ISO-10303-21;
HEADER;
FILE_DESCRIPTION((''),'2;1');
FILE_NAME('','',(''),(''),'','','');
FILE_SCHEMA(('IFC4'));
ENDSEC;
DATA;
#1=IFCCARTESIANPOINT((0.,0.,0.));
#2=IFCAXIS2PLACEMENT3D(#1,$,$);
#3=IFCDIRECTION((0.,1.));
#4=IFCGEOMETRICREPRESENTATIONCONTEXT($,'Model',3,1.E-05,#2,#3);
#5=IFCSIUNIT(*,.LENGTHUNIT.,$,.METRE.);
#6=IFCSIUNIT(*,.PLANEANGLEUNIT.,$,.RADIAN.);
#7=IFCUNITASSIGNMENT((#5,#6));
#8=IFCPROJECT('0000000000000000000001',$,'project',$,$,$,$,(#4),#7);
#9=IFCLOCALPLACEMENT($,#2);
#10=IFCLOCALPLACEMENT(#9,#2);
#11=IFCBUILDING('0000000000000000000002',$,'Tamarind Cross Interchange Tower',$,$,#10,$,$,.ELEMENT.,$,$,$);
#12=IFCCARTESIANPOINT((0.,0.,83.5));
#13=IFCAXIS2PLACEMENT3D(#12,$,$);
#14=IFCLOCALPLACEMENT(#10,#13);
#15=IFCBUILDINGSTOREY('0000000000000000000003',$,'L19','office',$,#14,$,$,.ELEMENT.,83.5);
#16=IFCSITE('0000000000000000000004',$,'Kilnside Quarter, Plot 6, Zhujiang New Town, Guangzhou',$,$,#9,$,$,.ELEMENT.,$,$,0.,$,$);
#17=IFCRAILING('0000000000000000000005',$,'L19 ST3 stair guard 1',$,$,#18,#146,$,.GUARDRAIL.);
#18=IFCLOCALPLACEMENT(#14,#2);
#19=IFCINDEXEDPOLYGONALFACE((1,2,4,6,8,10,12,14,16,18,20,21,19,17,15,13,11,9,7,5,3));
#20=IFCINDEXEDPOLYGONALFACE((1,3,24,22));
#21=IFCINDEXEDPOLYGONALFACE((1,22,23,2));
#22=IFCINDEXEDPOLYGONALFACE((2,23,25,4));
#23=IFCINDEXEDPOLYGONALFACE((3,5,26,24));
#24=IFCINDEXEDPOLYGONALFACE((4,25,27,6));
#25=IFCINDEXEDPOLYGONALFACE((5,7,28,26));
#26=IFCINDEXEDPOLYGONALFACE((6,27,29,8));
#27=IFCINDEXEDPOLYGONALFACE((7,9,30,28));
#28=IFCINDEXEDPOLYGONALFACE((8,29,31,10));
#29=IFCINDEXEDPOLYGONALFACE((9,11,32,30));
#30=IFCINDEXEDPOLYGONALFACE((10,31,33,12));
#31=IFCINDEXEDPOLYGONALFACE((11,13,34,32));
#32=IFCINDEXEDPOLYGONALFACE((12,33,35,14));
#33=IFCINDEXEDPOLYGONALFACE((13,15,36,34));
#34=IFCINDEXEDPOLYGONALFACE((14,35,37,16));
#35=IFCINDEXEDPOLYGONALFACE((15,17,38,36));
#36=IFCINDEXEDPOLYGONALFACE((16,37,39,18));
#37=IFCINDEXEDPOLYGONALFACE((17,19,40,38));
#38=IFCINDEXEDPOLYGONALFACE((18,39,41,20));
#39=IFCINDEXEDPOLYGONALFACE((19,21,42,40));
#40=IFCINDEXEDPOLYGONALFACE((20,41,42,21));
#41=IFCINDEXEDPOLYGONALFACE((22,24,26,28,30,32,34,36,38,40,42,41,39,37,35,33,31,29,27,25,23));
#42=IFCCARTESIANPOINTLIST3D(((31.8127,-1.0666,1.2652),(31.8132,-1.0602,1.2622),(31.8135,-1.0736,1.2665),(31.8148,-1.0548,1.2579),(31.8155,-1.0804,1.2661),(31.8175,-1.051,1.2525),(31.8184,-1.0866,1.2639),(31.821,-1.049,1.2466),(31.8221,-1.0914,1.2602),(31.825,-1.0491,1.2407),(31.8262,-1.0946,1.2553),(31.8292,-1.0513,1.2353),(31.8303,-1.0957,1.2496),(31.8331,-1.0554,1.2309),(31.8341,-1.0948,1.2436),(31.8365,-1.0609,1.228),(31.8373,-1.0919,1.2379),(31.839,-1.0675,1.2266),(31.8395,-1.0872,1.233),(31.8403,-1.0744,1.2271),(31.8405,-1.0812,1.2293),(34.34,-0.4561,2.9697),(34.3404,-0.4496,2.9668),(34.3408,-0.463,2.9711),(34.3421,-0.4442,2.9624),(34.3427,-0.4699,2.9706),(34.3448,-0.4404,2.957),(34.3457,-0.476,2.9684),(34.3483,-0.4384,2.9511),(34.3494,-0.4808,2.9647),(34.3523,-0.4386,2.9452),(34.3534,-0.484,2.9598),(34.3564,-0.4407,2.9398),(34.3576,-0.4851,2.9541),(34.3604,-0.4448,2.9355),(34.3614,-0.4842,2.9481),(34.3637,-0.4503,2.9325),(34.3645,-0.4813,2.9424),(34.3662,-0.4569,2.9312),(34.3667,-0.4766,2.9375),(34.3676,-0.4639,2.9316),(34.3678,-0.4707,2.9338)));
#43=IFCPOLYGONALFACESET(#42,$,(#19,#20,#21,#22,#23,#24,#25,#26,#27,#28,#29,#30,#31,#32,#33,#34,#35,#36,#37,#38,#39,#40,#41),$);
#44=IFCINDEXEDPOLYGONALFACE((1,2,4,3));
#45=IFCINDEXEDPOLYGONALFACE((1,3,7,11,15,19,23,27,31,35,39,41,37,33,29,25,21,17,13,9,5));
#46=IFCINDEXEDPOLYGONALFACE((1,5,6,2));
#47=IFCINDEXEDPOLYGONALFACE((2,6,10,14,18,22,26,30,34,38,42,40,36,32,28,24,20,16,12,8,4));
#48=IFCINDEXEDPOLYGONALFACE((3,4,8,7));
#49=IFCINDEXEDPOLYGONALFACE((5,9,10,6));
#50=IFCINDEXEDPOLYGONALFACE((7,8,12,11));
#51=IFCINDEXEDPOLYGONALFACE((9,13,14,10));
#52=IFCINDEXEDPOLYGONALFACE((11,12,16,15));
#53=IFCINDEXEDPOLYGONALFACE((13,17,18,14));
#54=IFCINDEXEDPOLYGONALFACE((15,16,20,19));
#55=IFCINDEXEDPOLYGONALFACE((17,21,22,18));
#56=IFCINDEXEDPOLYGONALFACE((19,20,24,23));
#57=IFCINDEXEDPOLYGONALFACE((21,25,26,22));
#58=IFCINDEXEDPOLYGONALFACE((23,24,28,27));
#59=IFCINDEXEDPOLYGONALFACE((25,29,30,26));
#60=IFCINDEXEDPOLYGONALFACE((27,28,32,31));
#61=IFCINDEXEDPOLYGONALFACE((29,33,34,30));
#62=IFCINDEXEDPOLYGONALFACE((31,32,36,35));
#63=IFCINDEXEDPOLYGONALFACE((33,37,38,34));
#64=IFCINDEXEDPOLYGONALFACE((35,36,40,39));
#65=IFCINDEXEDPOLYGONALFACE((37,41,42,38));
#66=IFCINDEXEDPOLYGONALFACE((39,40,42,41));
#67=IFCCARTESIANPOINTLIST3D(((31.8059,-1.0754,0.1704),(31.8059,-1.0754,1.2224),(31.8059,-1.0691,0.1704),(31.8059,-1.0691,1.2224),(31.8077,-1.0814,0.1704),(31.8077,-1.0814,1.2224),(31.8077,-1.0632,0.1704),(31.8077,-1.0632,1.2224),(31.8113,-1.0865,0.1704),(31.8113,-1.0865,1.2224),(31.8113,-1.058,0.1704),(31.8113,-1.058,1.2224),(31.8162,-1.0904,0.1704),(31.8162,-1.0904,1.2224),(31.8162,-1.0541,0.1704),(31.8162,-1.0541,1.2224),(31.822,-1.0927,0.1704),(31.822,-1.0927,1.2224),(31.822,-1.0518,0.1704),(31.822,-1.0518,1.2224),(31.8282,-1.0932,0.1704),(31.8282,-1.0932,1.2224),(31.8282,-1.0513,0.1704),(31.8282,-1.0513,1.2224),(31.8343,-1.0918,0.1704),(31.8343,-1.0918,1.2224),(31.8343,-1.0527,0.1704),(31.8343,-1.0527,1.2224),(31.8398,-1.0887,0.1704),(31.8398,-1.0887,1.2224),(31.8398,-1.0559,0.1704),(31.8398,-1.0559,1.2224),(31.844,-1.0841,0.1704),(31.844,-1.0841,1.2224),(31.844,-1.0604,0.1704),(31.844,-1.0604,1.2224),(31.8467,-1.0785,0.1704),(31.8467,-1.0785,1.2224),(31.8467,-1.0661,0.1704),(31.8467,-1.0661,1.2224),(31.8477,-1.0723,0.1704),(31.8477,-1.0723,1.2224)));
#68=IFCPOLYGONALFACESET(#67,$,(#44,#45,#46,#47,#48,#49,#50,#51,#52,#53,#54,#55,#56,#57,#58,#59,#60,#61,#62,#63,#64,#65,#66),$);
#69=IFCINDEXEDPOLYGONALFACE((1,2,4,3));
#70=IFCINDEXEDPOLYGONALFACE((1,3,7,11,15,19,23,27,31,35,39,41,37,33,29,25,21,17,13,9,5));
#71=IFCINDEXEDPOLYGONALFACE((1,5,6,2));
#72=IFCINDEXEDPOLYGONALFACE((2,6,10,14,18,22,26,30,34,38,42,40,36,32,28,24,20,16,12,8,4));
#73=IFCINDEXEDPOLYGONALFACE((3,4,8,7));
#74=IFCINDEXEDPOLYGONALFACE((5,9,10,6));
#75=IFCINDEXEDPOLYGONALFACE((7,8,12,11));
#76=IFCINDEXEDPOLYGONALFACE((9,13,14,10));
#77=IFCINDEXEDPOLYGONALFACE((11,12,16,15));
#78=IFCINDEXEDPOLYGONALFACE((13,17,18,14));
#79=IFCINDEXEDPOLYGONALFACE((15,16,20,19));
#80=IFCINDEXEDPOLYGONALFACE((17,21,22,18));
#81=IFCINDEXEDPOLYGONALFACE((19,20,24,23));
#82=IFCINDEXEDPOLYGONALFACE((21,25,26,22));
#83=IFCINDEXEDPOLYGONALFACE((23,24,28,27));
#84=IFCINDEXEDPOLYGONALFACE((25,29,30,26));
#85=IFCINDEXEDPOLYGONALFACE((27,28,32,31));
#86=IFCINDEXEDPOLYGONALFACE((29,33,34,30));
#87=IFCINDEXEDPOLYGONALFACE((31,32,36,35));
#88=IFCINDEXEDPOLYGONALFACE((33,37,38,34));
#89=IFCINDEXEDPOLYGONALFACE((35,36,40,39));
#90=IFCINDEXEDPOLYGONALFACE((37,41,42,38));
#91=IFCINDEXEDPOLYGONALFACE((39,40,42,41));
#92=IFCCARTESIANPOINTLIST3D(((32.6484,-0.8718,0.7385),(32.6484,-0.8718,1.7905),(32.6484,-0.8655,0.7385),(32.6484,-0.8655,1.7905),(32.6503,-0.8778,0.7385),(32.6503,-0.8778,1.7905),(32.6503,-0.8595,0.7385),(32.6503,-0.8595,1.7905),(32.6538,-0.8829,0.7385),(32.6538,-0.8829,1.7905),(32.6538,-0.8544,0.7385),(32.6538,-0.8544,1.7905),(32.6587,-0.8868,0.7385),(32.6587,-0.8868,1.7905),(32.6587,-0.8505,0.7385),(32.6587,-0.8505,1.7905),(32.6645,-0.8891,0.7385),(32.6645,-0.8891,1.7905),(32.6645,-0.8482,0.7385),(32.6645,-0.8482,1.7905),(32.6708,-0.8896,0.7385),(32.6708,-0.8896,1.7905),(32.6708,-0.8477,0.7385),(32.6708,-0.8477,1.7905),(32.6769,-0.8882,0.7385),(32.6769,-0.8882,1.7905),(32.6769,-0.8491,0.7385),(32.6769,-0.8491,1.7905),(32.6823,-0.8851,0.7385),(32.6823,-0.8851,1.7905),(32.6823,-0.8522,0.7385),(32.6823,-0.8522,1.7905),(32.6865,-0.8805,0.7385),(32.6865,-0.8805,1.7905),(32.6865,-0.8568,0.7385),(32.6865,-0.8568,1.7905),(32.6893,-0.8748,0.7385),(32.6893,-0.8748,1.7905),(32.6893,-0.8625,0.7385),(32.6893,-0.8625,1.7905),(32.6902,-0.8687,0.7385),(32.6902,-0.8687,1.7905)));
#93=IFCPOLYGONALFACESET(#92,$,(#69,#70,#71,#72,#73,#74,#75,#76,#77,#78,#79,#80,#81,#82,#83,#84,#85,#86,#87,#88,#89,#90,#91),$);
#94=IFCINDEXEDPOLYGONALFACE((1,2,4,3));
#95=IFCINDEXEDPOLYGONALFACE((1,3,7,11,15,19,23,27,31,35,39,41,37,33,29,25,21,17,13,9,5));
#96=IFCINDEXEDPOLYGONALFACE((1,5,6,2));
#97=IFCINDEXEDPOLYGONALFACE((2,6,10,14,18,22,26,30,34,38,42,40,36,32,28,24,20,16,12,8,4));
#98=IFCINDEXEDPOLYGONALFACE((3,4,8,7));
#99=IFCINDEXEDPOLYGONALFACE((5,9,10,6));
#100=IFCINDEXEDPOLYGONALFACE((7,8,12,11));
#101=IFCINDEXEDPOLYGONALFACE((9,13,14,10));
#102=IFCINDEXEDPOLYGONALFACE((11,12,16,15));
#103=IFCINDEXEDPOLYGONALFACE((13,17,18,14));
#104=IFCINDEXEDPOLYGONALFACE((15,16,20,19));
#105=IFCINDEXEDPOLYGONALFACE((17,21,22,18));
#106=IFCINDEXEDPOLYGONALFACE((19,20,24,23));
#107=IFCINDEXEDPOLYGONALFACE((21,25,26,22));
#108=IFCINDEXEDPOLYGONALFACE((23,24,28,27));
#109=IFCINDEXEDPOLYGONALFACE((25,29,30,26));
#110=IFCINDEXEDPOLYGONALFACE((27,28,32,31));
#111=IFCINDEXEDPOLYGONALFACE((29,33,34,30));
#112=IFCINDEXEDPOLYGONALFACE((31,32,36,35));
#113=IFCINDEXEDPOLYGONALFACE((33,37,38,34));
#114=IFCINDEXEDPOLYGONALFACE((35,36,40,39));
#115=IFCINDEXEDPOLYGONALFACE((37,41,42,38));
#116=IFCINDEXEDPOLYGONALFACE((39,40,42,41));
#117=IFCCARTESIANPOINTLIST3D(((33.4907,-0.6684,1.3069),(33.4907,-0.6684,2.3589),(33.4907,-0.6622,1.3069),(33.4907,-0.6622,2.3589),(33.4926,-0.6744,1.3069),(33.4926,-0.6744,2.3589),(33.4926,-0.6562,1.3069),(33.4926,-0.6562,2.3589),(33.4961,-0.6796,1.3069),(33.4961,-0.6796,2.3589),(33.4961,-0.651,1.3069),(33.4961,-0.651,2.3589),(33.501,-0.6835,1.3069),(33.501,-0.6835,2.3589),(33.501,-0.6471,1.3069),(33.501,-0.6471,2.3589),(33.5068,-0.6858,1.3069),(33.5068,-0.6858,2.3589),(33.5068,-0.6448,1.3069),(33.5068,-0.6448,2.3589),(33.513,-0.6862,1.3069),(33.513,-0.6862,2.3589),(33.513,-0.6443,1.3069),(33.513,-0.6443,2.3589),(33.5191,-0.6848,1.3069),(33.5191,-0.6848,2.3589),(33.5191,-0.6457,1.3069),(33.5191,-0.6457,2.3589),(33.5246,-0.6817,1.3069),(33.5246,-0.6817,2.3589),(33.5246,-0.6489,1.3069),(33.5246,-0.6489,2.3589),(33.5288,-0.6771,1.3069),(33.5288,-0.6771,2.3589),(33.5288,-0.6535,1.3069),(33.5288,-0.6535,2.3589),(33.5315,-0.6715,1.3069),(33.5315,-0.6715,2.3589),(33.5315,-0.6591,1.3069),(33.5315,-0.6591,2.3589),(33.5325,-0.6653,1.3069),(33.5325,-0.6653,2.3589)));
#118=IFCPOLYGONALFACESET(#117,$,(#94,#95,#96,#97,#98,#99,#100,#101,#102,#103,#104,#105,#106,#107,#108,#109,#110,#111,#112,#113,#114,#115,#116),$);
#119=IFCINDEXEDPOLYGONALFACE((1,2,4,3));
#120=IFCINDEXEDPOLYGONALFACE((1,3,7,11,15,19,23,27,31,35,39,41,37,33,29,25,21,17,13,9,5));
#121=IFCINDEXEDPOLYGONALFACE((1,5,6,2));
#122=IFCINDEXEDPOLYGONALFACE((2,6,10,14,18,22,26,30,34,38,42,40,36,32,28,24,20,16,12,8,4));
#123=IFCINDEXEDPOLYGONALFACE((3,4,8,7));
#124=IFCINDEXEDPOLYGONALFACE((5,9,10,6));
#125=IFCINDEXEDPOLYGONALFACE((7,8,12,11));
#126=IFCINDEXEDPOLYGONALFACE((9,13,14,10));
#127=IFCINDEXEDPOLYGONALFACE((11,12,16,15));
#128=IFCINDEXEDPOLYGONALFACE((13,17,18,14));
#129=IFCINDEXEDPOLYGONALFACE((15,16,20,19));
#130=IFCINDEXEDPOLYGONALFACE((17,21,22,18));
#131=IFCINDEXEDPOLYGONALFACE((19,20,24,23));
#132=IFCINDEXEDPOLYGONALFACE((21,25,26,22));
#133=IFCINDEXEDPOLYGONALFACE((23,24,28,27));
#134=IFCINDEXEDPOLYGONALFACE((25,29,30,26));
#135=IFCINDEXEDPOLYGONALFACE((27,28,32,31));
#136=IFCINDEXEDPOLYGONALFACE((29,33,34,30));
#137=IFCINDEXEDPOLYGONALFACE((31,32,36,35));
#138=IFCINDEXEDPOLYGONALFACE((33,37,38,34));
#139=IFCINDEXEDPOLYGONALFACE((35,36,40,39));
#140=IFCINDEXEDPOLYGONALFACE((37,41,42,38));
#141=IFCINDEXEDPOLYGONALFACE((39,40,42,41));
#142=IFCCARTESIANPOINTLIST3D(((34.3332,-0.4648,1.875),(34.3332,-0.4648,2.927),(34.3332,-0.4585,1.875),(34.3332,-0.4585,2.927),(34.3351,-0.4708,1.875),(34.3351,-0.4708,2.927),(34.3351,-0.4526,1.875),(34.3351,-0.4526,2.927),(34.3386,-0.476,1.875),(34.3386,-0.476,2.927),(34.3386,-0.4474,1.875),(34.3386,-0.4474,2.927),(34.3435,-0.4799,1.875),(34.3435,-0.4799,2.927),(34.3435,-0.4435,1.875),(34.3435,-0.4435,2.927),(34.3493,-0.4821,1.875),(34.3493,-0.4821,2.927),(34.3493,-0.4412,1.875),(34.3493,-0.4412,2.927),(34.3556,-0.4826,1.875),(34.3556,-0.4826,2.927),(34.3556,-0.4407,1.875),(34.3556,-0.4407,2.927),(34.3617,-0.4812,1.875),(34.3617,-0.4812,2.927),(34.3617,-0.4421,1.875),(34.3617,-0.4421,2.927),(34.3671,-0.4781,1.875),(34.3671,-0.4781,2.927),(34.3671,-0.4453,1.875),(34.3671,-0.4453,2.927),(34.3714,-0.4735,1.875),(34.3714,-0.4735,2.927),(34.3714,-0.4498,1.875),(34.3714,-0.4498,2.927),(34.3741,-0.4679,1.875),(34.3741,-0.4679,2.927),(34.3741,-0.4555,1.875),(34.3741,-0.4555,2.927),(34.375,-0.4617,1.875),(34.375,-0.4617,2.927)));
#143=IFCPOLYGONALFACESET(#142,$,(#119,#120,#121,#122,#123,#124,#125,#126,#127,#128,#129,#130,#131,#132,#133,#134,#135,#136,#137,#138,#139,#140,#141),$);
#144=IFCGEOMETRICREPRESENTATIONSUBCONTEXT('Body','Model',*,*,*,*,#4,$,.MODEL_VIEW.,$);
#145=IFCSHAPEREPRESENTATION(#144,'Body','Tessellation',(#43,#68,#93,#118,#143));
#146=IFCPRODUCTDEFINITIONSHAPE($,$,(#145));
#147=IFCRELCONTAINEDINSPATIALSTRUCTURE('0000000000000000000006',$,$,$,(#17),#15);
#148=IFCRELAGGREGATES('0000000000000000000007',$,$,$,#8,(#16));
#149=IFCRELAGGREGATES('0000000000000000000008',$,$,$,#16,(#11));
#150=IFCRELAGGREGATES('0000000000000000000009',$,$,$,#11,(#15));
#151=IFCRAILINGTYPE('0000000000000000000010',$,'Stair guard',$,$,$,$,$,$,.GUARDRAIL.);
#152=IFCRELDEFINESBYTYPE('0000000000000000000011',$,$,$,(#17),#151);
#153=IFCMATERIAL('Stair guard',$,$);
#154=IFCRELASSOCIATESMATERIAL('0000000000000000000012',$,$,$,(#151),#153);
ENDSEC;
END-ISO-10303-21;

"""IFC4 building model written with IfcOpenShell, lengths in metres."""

from ifc_helpers import new_model, si_unit, direction, frame, origin, origin_2d, place, context, subcontext, project, spatial, circle, extrude, material, type_object, element, save


model = new_model("IFC4")

# Units and contexts
model_context = context("Model", 3, precision=1e-05, world=origin(), true_north=direction((0.0, 1.0)))
body_context = subcontext(model_context, "Body", "Model", "MODEL_VIEW")
ifc_project = project(units=[si_unit("LENGTHUNIT", "METRE"), si_unit("PLANEANGLEUNIT", "RADIAN")], contexts=[model_context])

# Site, building, storey
site_placement = place(None, origin())
site = spatial("IfcSite", under=ifc_project, at=site_placement, Name="Kilnside Quarter, Plot 6, Zhujiang New Town, Guangzhou", CompositionType="ELEMENT", RefElevation=0.0)
building_placement = place(site_placement, origin())
building = spatial("IfcBuilding", under=site, at=building_placement, Name="Tamarind Cross Interchange Tower", CompositionType="ELEMENT")
storey_placement = place(building_placement, frame((0.0, 0.0, 83.5)))
storey = spatial("IfcBuildingStorey", under=building, at=storey_placement, Name="L19", Description="office", CompositionType="ELEMENT", Elevation=83.5)

# Railing
ifc_material_1 = material(Name="Stair guard")
railing_type_1 = type_object("IfcRailingType", Name="Stair guard", PredefinedType="GUARDRAIL", material=ifc_material_1)
railing_1_placement = place(storey_placement, frame((31.8267, -1.0723, 0.1704)))
element("IfcRailing", 1, at=railing_1_placement, inside=storey, type_object=railing_type_1, Name="L19 ST3 stair guard 1", PredefinedType="GUARDRAIL", context=body_context, shape_type="SweptSolid", body=[
    extrude(circle(Radius=0.0239, at=origin_2d()), frame((0.0, 0.0, 1.0762), z_axis=(0.81291, 0.196396, 0.548275), x_axis=(-0.234839, 0.972034, 0.0)), (0.0, 0.0, 1.0), 3.1089),
    extrude(circle(Radius=0.021, at=origin_2d()), origin(), (0.0, 0.0, 1.0), 1.052),
    extrude(circle(Radius=0.021, at=origin_2d()), frame((0.8425, 0.2036, 0.5681)), (0.0, 0.0, 1.0), 1.052),
    extrude(circle(Radius=0.021, at=origin_2d()), frame((1.6848, 0.407, 1.1365)), (0.0, 0.0, 1.0), 1.052),
    extrude(circle(Radius=0.021, at=origin_2d()), frame((2.5273, 0.6106, 1.7046)), (0.0, 0.0, 1.0), 1.052),
])

save(model, "model.ifc")
